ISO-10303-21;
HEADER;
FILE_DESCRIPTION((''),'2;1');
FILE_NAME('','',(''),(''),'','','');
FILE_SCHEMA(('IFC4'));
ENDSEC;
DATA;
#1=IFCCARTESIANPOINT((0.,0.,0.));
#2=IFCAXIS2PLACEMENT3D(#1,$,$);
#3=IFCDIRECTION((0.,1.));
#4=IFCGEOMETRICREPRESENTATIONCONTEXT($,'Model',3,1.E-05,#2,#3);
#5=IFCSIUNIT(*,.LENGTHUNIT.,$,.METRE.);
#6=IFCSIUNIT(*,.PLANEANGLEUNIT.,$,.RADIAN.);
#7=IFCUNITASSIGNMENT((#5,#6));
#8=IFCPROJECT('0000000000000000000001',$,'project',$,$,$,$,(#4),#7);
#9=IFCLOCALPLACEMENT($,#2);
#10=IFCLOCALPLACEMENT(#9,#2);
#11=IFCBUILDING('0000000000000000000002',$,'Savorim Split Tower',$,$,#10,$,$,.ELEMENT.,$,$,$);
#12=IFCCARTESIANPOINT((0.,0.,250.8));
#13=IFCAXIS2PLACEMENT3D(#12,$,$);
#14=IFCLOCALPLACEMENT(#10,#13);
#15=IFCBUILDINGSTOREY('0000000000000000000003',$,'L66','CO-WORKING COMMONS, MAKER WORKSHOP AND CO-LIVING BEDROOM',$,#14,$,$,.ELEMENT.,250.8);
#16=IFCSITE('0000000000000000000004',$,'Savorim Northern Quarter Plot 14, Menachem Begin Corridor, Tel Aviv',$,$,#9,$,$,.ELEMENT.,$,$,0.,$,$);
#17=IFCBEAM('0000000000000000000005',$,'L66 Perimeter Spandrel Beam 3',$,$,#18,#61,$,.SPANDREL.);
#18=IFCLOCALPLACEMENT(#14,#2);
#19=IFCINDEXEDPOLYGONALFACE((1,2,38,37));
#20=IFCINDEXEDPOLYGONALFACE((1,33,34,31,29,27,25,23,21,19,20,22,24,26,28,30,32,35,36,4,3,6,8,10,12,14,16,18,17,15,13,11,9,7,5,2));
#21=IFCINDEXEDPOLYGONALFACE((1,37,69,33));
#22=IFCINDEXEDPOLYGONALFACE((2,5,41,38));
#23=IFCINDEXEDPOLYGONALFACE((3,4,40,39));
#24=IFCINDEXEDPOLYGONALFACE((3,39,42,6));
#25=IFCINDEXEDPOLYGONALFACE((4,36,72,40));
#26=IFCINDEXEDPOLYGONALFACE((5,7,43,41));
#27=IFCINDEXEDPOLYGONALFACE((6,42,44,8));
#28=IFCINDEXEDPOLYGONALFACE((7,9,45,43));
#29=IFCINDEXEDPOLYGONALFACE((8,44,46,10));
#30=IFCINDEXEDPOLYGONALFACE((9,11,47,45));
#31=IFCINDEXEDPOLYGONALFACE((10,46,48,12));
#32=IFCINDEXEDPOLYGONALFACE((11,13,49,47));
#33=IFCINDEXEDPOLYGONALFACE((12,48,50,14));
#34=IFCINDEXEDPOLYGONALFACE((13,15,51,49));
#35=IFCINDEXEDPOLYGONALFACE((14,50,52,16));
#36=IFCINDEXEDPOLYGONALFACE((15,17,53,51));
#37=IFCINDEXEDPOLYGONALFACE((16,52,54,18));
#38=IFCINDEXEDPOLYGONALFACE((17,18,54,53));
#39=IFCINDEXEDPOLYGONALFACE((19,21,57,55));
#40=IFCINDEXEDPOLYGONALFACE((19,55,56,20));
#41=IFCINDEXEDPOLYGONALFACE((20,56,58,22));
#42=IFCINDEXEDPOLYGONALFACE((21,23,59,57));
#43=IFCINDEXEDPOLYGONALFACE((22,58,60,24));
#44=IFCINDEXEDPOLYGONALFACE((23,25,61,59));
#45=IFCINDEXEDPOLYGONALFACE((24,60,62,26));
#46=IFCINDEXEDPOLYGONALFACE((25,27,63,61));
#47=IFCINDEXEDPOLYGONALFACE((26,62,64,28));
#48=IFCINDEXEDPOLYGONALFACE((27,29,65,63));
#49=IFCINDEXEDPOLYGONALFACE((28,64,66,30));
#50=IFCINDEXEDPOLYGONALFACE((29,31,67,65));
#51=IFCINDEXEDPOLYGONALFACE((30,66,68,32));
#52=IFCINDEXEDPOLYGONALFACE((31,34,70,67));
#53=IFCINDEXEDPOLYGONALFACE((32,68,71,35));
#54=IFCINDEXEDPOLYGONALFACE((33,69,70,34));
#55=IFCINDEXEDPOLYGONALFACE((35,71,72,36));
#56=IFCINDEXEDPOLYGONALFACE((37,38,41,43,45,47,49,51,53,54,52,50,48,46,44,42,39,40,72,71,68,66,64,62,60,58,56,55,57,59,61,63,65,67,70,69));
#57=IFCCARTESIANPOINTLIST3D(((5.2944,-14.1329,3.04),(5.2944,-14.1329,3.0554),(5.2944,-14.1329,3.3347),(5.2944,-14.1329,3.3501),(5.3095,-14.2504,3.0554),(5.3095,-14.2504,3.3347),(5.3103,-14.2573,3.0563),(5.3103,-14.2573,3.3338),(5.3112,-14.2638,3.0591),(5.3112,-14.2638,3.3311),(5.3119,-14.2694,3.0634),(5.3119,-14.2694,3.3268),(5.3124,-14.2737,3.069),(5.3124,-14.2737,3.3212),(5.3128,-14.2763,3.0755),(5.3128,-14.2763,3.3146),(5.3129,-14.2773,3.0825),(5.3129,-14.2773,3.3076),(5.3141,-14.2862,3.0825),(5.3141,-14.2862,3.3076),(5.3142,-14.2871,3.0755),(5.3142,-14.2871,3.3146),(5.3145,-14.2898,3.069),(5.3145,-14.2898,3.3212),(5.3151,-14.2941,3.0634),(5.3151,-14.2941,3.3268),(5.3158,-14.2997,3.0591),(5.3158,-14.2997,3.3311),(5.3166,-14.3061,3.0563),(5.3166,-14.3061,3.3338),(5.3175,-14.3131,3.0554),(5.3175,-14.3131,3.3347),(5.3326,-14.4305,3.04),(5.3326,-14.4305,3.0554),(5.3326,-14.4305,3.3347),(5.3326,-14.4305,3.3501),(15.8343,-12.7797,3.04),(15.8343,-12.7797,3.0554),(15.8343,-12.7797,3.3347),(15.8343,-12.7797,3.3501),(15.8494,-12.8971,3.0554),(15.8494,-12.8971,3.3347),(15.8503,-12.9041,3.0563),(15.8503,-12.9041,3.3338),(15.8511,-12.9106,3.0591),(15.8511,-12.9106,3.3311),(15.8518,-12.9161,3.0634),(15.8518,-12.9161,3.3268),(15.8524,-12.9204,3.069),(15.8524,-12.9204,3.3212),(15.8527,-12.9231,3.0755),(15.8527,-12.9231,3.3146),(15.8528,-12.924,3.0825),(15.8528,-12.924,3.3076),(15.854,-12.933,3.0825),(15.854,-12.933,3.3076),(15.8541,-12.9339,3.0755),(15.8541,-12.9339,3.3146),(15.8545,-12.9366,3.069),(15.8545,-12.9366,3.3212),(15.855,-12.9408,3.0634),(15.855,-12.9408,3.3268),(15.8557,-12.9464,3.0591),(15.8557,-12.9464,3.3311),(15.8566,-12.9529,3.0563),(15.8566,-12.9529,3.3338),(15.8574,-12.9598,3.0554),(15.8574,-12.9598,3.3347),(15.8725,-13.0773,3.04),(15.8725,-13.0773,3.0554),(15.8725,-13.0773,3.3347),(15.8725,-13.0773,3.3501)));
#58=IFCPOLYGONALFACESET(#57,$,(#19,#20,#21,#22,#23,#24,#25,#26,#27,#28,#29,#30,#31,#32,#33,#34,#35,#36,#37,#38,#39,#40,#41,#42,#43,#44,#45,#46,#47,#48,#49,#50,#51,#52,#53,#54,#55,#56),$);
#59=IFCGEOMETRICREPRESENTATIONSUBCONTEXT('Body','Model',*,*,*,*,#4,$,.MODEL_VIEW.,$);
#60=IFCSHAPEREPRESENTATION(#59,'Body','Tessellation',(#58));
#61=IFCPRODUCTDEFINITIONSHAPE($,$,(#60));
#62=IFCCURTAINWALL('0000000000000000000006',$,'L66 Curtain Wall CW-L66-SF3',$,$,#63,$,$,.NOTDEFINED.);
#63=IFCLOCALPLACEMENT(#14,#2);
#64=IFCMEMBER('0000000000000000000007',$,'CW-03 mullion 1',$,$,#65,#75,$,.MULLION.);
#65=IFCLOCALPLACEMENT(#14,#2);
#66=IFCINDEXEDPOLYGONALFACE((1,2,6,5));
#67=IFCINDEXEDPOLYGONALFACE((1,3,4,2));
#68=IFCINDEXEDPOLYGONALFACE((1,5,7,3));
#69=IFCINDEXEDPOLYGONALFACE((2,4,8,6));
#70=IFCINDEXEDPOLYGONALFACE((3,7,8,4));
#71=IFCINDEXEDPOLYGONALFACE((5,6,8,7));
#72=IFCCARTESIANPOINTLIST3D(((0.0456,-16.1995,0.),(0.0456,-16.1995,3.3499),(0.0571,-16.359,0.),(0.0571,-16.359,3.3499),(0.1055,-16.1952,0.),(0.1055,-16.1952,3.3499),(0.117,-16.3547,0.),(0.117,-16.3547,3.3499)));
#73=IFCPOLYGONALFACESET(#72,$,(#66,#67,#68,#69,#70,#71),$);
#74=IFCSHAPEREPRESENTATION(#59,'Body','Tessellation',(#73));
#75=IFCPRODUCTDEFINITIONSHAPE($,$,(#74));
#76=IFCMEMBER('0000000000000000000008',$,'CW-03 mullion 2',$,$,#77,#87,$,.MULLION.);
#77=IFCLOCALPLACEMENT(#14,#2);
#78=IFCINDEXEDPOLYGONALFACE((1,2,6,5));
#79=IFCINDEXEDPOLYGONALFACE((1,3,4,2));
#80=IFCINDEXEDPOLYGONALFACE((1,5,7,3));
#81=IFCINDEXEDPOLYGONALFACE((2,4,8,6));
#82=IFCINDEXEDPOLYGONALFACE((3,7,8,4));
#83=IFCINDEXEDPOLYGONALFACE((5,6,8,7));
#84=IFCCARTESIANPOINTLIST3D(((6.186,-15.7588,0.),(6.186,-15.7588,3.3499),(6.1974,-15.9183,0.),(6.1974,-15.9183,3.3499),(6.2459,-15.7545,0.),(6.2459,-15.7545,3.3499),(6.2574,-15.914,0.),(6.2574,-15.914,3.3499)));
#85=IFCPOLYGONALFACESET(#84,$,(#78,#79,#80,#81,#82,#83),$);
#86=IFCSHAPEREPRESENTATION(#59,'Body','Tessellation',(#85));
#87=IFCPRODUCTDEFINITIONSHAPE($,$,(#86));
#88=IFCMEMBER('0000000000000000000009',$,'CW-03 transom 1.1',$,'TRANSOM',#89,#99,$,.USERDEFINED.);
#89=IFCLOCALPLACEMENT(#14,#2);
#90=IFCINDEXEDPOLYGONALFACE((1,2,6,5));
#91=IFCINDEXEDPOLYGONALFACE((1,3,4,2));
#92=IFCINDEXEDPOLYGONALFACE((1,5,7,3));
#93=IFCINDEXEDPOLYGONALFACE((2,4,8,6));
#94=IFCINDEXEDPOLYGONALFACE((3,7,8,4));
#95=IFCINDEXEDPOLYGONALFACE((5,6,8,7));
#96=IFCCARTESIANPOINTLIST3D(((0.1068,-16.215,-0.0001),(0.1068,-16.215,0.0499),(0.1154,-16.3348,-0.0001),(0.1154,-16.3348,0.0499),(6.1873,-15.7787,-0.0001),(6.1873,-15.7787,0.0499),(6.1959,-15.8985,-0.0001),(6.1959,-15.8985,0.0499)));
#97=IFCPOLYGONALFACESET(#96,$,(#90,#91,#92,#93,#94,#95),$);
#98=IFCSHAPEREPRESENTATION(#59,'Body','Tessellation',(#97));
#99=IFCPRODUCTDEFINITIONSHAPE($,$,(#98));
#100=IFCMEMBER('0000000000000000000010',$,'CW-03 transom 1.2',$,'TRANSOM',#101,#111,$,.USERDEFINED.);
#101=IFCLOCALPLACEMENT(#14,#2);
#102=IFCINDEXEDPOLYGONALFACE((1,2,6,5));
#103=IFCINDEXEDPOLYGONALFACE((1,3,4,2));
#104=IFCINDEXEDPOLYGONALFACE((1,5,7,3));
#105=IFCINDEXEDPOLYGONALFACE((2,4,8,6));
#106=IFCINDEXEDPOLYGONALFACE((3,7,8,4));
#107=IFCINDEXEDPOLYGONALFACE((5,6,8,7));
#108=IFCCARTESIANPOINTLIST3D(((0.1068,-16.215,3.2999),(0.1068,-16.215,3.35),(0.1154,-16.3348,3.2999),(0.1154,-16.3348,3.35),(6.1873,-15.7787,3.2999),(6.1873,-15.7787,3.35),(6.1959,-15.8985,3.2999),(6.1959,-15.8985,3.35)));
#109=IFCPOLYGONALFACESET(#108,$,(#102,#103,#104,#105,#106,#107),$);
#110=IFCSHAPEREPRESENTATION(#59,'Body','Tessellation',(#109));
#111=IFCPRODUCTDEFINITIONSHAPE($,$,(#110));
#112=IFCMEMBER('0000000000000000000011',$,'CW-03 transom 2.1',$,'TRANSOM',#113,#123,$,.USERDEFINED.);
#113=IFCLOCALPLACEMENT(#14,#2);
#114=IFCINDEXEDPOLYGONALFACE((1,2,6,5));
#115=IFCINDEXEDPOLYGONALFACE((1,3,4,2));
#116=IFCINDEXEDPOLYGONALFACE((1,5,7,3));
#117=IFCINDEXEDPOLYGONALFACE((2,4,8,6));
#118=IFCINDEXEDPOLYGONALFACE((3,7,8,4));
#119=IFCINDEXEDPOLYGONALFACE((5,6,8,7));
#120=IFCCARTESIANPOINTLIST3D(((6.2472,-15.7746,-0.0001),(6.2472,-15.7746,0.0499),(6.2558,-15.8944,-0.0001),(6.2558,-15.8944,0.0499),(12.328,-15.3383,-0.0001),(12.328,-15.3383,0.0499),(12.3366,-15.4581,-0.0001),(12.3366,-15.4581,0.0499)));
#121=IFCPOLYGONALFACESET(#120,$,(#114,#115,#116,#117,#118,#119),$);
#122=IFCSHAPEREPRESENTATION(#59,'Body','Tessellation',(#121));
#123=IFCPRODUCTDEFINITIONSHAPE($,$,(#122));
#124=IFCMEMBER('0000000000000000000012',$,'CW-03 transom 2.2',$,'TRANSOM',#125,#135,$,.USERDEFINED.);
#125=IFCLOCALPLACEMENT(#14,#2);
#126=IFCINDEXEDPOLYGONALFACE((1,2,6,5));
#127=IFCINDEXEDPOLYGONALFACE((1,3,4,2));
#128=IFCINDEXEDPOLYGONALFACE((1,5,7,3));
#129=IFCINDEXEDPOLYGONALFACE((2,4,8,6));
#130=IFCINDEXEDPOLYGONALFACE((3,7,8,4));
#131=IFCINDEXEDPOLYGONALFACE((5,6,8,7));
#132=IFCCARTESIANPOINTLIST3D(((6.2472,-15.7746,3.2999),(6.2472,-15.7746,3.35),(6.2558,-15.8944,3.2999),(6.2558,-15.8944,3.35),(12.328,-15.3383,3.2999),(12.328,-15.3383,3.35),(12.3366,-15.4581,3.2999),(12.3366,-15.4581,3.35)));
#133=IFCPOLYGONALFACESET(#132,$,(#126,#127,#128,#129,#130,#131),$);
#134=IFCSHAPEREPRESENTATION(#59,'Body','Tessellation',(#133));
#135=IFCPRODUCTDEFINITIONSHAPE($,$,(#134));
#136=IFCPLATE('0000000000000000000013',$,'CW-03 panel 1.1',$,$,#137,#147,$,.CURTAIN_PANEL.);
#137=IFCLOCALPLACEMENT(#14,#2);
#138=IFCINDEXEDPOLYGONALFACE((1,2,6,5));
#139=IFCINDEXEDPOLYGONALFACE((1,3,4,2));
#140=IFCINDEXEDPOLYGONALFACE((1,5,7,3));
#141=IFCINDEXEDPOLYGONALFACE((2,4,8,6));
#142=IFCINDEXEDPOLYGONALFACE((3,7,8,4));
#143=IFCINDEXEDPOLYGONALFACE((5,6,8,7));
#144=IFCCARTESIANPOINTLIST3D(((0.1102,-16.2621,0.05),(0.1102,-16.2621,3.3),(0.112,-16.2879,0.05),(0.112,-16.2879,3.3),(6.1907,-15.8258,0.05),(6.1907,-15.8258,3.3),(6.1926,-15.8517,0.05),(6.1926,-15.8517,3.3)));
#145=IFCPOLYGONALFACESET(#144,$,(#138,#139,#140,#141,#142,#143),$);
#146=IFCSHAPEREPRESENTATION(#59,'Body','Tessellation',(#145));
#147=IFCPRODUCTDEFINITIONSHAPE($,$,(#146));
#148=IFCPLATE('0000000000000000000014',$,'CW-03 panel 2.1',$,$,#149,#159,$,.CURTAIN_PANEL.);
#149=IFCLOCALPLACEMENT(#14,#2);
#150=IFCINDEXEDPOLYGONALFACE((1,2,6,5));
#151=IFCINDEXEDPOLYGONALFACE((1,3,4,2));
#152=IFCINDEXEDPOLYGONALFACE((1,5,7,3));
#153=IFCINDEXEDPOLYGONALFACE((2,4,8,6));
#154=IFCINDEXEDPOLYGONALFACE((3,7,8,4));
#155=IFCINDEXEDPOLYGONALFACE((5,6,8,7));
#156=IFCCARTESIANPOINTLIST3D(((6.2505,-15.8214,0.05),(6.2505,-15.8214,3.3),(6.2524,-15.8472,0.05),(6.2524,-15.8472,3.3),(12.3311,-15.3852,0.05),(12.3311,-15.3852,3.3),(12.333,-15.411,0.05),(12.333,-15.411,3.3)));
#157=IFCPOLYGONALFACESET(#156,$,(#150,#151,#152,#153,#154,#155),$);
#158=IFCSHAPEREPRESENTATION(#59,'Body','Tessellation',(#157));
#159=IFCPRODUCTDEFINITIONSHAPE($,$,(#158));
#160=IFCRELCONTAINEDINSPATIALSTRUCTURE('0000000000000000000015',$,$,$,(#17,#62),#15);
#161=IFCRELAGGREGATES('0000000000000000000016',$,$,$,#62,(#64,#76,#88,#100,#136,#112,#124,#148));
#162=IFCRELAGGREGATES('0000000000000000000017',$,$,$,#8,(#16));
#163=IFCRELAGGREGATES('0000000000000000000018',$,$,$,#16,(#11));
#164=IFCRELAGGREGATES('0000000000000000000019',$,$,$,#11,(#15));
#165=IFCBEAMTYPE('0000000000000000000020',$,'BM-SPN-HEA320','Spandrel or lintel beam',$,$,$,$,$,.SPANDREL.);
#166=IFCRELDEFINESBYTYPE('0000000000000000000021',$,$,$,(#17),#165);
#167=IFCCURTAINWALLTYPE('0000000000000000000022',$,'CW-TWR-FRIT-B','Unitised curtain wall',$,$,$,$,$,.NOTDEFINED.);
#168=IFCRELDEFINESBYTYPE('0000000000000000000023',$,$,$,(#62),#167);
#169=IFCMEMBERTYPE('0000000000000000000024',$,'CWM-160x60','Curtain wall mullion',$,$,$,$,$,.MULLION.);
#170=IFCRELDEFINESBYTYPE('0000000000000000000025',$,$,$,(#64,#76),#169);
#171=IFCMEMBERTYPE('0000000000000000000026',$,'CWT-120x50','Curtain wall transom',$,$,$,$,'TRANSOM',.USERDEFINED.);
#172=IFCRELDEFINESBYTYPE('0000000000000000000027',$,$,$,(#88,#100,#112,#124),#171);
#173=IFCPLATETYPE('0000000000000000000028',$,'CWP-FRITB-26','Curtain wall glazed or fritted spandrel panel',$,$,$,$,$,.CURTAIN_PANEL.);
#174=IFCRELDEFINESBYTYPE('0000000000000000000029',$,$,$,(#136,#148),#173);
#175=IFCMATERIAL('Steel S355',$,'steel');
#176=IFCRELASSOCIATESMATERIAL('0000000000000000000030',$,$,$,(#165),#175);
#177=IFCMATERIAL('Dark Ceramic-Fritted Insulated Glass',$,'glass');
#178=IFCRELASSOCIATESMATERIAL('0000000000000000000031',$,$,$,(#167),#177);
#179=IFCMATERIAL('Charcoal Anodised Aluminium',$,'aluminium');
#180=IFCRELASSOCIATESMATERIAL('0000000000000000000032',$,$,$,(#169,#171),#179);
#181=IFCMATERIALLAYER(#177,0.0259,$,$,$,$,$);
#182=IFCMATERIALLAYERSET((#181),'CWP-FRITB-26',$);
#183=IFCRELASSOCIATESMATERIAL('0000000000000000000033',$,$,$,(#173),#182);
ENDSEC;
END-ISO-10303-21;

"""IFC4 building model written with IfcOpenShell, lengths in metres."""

from ifc_helpers import new_model, si_unit, direction, frame, origin, origin_2d, place, context, subcontext, project, spatial, rectangle, i_section, extrude, material, layer, layer_set, material_profile, profile_set, type_object, element, aggregate, save


model = new_model("IFC4")

# Units and contexts
model_context = context("Model", 3, precision=1e-05, world=origin(), true_north=direction((0.0, 1.0)))
body_context = subcontext(model_context, "Body", "Model", "MODEL_VIEW")
ifc_project = project(units=[si_unit("LENGTHUNIT", "METRE"), si_unit("PLANEANGLEUNIT", "RADIAN")], contexts=[model_context])

# Site, building, storey
site_placement = place(None, origin())
site = spatial("IfcSite", under=ifc_project, at=site_placement, Name="Savorim Northern Quarter Plot 14, Menachem Begin Corridor, Tel Aviv", CompositionType="ELEMENT", RefElevation=0.0)
building_placement = place(site_placement, origin())
building = spatial("IfcBuilding", under=site, at=building_placement, Name="Savorim Split Tower", CompositionType="ELEMENT")
storey_placement = place(building_placement, frame((0.0, 0.0, 250.8)))
storey = spatial("IfcBuildingStorey", under=building, at=storey_placement, Name="L66", Description="CO-WORKING COMMONS, MAKER WORKSHOP AND CO-LIVING BEDROOM", CompositionType="ELEMENT", Elevation=250.8)

# Shared definitions
ifc_material_1 = material(Name="Steel S355", Category="steel")

# Beam
ifc_material_profile_1 = material_profile(ifc_material_1, i_section(OverallWidth=0.3, OverallDepth=0.3101, WebThickness=0.009, FlangeThickness=0.0154, FilletRadius=0.0271, at=origin_2d()), Name="HEA 320")
ifc_profile_set_1 = profile_set([ifc_material_profile_1], Name="Steel S355")
beam_type_1 = type_object("IfcBeamType", Name="BM-SPN-HEA320", Description="Spandrel or lintel beam", PredefinedType="SPANDREL", material=ifc_profile_set_1)
beam_1_placement = place(storey_placement, frame((5.3135, -14.2817, 3.1951), z_axis=(0.991858, 0.127348, 0.0), x_axis=(-0.127348, 0.991858, 0.0)))
element("IfcBeam", 1, at=beam_1_placement, inside=storey, type_object=beam_type_1, Name="L66 Perimeter Spandrel Beam 3", PredefinedType="SPANDREL", context=body_context, shape_type="SweptSolid", body=[
    extrude(i_section(OverallWidth=0.3, OverallDepth=0.3101, WebThickness=0.009, FlangeThickness=0.0154, FilletRadius=0.0271, at=origin_2d()), origin(), (0.0, 0.0, 1.0), 10.6265),
])

# Curtain wall, members, plates
ifc_material_2 = material(Name="Dark Ceramic-Fritted Insulated Glass", Category="glass")
curtain_wall_type = type_object("IfcCurtainWallType", Name="CW-TWR-FRIT-B", Description="Unitised curtain wall", PredefinedType="NOTDEFINED", material=ifc_material_2)
curtain_wall_placement = place(storey_placement, origin())
curtain_wall = element("IfcCurtainWall", 2, at=curtain_wall_placement, inside=storey, type_object=curtain_wall_type, Name="L66 Curtain Wall CW-L66-SF3", PredefinedType="NOTDEFINED")
ifc_material_3 = material(Name="Charcoal Anodised Aluminium", Category="aluminium")
ifc_material_profile_2 = material_profile(ifc_material_3, rectangle(XDim=0.1599, YDim=0.0601, at=origin_2d()), Name="ALU-M 160x60")
ifc_profile_set_2 = profile_set([ifc_material_profile_2], Name="Charcoal Anodised Aluminium")
member_type_1 = type_object("IfcMemberType", Name="CWM-160x60", Description="Curtain wall mullion", PredefinedType="MULLION", material=ifc_profile_set_2)
member_1_placement = place(storey_placement, frame((0.0813, -16.2771, 0.0), z_axis=(0.0, 0.0, 1.0), x_axis=(-0.071562, 0.997436, 0.0)))
member_1 = element("IfcMember", 3, at=member_1_placement, type_object=member_type_1, Name="CW-03 mullion 1", PredefinedType="MULLION", context=body_context, shape_type="SweptSolid", body=[
    extrude(rectangle(XDim=0.1599, YDim=0.0601, at=origin_2d()), origin(), (0.0, 0.0, 1.0), 3.3499),
])
member_2_placement = place(storey_placement, frame((6.2217, -15.8364, 0.0), z_axis=(0.0, 0.0, 1.0), x_axis=(-0.071562, 0.997436, 0.0)))
member_2 = element("IfcMember", 4, at=member_2_placement, type_object=member_type_1, Name="CW-03 mullion 2", PredefinedType="MULLION", context=body_context, shape_type="SweptSolid", body=[
    extrude(rectangle(XDim=0.1599, YDim=0.0601, at=origin_2d()), origin(), (0.0, 0.0, 1.0), 3.3499),
])
ifc_material_profile_3 = material_profile(ifc_material_3, rectangle(XDim=0.1201, YDim=0.05, at=origin_2d()), Name="ALU-T 120x50")
ifc_profile_set_3 = profile_set([ifc_material_profile_3], Name="Charcoal Anodised Aluminium")
member_type_2 = type_object("IfcMemberType", Name="CWT-120x50", Description="Curtain wall transom", ElementType="TRANSOM", PredefinedType="USERDEFINED", material=ifc_profile_set_3)
member_3_placement = place(storey_placement, frame((0.1111, -16.2749, 0.0249), z_axis=(0.997436, 0.071566, 0.0), x_axis=(-0.071566, 0.997436, 0.0)))
member_3 = element("IfcMember", 5, at=member_3_placement, type_object=member_type_2, Name="CW-03 transom 1.1", ObjectType="TRANSOM", PredefinedType="USERDEFINED", context=body_context, shape_type="SweptSolid", body=[
    extrude(rectangle(XDim=0.1201, YDim=0.05, at=origin_2d()), origin(), (0.0, 0.0, 1.0), 6.0962),
])
member_4_placement = place(storey_placement, frame((0.1111, -16.2749, 3.325), z_axis=(0.997436, 0.071566, 0.0), x_axis=(-0.071566, 0.997436, 0.0)))
member_4 = element("IfcMember", 6, at=member_4_placement, type_object=member_type_2, Name="CW-03 transom 1.2", ObjectType="TRANSOM", PredefinedType="USERDEFINED", context=body_context, shape_type="SweptSolid", body=[
    extrude(rectangle(XDim=0.1201, YDim=0.05, at=origin_2d()), origin(), (0.0, 0.0, 1.0), 6.0962),
])
member_5_placement = place(storey_placement, frame((6.2515, -15.8345, 0.0249), z_axis=(0.997436, 0.071563, 0.0), x_axis=(-0.071563, 0.997436, 0.0)))
member_5 = element("IfcMember", 7, at=member_5_placement, type_object=member_type_2, Name="CW-03 transom 2.1", ObjectType="TRANSOM", PredefinedType="USERDEFINED", context=body_context, shape_type="SweptSolid", body=[
    extrude(rectangle(XDim=0.1201, YDim=0.05, at=origin_2d()), origin(), (0.0, 0.0, 1.0), 6.0964),
])
member_6_placement = place(storey_placement, frame((6.2515, -15.8345, 3.325), z_axis=(0.997436, 0.071563, 0.0), x_axis=(-0.071563, 0.997436, 0.0)))
member_6 = element("IfcMember", 8, at=member_6_placement, type_object=member_type_2, Name="CW-03 transom 2.2", ObjectType="TRANSOM", PredefinedType="USERDEFINED", context=body_context, shape_type="SweptSolid", body=[
    extrude(rectangle(XDim=0.1201, YDim=0.05, at=origin_2d()), origin(), (0.0, 0.0, 1.0), 6.0964),
])
ifc_layer_1 = layer(ifc_material_2, 0.0259)
ifc_layer_set_1 = layer_set([ifc_layer_1], Name="CWP-FRITB-26")
plate_type = type_object("IfcPlateType", Name="CWP-FRITB-26", Description="Curtain wall glazed or fritted spandrel panel", PredefinedType="CURTAIN_PANEL", material=ifc_layer_set_1)
plate_1_placement = place(storey_placement, frame((3.1514, -16.0569, 0.05), z_axis=(0.0, 0.0, 1.0), x_axis=(0.997436, 0.071562, 0.0)))
plate_1 = element("IfcPlate", 9, at=plate_1_placement, type_object=plate_type, Name="CW-03 panel 1.1", PredefinedType="CURTAIN_PANEL", context=body_context, shape_type="SweptSolid", body=[
    extrude(rectangle(XDim=6.0962, YDim=0.0259, at=origin_2d()), origin(), (0.0, 0.0, 1.0), 3.25),
])
plate_2_placement = place(storey_placement, frame((9.2917, -15.6162, 0.05), z_axis=(0.0, 0.0, 1.0), x_axis=(0.997436, 0.071562, 0.0)))
plate_2 = element("IfcPlate", 10, at=plate_2_placement, type_object=plate_type, Name="CW-03 panel 2.1", PredefinedType="CURTAIN_PANEL", context=body_context, shape_type="SweptSolid", body=[
    extrude(rectangle(XDim=6.0962, YDim=0.0259, at=origin_2d()), origin(), (0.0, 0.0, 1.0), 3.25),
])
aggregate(curtain_wall, [member_1, member_2, member_3, member_4, plate_1, member_5, member_6, plate_2])

save(model, "model.ifc")
